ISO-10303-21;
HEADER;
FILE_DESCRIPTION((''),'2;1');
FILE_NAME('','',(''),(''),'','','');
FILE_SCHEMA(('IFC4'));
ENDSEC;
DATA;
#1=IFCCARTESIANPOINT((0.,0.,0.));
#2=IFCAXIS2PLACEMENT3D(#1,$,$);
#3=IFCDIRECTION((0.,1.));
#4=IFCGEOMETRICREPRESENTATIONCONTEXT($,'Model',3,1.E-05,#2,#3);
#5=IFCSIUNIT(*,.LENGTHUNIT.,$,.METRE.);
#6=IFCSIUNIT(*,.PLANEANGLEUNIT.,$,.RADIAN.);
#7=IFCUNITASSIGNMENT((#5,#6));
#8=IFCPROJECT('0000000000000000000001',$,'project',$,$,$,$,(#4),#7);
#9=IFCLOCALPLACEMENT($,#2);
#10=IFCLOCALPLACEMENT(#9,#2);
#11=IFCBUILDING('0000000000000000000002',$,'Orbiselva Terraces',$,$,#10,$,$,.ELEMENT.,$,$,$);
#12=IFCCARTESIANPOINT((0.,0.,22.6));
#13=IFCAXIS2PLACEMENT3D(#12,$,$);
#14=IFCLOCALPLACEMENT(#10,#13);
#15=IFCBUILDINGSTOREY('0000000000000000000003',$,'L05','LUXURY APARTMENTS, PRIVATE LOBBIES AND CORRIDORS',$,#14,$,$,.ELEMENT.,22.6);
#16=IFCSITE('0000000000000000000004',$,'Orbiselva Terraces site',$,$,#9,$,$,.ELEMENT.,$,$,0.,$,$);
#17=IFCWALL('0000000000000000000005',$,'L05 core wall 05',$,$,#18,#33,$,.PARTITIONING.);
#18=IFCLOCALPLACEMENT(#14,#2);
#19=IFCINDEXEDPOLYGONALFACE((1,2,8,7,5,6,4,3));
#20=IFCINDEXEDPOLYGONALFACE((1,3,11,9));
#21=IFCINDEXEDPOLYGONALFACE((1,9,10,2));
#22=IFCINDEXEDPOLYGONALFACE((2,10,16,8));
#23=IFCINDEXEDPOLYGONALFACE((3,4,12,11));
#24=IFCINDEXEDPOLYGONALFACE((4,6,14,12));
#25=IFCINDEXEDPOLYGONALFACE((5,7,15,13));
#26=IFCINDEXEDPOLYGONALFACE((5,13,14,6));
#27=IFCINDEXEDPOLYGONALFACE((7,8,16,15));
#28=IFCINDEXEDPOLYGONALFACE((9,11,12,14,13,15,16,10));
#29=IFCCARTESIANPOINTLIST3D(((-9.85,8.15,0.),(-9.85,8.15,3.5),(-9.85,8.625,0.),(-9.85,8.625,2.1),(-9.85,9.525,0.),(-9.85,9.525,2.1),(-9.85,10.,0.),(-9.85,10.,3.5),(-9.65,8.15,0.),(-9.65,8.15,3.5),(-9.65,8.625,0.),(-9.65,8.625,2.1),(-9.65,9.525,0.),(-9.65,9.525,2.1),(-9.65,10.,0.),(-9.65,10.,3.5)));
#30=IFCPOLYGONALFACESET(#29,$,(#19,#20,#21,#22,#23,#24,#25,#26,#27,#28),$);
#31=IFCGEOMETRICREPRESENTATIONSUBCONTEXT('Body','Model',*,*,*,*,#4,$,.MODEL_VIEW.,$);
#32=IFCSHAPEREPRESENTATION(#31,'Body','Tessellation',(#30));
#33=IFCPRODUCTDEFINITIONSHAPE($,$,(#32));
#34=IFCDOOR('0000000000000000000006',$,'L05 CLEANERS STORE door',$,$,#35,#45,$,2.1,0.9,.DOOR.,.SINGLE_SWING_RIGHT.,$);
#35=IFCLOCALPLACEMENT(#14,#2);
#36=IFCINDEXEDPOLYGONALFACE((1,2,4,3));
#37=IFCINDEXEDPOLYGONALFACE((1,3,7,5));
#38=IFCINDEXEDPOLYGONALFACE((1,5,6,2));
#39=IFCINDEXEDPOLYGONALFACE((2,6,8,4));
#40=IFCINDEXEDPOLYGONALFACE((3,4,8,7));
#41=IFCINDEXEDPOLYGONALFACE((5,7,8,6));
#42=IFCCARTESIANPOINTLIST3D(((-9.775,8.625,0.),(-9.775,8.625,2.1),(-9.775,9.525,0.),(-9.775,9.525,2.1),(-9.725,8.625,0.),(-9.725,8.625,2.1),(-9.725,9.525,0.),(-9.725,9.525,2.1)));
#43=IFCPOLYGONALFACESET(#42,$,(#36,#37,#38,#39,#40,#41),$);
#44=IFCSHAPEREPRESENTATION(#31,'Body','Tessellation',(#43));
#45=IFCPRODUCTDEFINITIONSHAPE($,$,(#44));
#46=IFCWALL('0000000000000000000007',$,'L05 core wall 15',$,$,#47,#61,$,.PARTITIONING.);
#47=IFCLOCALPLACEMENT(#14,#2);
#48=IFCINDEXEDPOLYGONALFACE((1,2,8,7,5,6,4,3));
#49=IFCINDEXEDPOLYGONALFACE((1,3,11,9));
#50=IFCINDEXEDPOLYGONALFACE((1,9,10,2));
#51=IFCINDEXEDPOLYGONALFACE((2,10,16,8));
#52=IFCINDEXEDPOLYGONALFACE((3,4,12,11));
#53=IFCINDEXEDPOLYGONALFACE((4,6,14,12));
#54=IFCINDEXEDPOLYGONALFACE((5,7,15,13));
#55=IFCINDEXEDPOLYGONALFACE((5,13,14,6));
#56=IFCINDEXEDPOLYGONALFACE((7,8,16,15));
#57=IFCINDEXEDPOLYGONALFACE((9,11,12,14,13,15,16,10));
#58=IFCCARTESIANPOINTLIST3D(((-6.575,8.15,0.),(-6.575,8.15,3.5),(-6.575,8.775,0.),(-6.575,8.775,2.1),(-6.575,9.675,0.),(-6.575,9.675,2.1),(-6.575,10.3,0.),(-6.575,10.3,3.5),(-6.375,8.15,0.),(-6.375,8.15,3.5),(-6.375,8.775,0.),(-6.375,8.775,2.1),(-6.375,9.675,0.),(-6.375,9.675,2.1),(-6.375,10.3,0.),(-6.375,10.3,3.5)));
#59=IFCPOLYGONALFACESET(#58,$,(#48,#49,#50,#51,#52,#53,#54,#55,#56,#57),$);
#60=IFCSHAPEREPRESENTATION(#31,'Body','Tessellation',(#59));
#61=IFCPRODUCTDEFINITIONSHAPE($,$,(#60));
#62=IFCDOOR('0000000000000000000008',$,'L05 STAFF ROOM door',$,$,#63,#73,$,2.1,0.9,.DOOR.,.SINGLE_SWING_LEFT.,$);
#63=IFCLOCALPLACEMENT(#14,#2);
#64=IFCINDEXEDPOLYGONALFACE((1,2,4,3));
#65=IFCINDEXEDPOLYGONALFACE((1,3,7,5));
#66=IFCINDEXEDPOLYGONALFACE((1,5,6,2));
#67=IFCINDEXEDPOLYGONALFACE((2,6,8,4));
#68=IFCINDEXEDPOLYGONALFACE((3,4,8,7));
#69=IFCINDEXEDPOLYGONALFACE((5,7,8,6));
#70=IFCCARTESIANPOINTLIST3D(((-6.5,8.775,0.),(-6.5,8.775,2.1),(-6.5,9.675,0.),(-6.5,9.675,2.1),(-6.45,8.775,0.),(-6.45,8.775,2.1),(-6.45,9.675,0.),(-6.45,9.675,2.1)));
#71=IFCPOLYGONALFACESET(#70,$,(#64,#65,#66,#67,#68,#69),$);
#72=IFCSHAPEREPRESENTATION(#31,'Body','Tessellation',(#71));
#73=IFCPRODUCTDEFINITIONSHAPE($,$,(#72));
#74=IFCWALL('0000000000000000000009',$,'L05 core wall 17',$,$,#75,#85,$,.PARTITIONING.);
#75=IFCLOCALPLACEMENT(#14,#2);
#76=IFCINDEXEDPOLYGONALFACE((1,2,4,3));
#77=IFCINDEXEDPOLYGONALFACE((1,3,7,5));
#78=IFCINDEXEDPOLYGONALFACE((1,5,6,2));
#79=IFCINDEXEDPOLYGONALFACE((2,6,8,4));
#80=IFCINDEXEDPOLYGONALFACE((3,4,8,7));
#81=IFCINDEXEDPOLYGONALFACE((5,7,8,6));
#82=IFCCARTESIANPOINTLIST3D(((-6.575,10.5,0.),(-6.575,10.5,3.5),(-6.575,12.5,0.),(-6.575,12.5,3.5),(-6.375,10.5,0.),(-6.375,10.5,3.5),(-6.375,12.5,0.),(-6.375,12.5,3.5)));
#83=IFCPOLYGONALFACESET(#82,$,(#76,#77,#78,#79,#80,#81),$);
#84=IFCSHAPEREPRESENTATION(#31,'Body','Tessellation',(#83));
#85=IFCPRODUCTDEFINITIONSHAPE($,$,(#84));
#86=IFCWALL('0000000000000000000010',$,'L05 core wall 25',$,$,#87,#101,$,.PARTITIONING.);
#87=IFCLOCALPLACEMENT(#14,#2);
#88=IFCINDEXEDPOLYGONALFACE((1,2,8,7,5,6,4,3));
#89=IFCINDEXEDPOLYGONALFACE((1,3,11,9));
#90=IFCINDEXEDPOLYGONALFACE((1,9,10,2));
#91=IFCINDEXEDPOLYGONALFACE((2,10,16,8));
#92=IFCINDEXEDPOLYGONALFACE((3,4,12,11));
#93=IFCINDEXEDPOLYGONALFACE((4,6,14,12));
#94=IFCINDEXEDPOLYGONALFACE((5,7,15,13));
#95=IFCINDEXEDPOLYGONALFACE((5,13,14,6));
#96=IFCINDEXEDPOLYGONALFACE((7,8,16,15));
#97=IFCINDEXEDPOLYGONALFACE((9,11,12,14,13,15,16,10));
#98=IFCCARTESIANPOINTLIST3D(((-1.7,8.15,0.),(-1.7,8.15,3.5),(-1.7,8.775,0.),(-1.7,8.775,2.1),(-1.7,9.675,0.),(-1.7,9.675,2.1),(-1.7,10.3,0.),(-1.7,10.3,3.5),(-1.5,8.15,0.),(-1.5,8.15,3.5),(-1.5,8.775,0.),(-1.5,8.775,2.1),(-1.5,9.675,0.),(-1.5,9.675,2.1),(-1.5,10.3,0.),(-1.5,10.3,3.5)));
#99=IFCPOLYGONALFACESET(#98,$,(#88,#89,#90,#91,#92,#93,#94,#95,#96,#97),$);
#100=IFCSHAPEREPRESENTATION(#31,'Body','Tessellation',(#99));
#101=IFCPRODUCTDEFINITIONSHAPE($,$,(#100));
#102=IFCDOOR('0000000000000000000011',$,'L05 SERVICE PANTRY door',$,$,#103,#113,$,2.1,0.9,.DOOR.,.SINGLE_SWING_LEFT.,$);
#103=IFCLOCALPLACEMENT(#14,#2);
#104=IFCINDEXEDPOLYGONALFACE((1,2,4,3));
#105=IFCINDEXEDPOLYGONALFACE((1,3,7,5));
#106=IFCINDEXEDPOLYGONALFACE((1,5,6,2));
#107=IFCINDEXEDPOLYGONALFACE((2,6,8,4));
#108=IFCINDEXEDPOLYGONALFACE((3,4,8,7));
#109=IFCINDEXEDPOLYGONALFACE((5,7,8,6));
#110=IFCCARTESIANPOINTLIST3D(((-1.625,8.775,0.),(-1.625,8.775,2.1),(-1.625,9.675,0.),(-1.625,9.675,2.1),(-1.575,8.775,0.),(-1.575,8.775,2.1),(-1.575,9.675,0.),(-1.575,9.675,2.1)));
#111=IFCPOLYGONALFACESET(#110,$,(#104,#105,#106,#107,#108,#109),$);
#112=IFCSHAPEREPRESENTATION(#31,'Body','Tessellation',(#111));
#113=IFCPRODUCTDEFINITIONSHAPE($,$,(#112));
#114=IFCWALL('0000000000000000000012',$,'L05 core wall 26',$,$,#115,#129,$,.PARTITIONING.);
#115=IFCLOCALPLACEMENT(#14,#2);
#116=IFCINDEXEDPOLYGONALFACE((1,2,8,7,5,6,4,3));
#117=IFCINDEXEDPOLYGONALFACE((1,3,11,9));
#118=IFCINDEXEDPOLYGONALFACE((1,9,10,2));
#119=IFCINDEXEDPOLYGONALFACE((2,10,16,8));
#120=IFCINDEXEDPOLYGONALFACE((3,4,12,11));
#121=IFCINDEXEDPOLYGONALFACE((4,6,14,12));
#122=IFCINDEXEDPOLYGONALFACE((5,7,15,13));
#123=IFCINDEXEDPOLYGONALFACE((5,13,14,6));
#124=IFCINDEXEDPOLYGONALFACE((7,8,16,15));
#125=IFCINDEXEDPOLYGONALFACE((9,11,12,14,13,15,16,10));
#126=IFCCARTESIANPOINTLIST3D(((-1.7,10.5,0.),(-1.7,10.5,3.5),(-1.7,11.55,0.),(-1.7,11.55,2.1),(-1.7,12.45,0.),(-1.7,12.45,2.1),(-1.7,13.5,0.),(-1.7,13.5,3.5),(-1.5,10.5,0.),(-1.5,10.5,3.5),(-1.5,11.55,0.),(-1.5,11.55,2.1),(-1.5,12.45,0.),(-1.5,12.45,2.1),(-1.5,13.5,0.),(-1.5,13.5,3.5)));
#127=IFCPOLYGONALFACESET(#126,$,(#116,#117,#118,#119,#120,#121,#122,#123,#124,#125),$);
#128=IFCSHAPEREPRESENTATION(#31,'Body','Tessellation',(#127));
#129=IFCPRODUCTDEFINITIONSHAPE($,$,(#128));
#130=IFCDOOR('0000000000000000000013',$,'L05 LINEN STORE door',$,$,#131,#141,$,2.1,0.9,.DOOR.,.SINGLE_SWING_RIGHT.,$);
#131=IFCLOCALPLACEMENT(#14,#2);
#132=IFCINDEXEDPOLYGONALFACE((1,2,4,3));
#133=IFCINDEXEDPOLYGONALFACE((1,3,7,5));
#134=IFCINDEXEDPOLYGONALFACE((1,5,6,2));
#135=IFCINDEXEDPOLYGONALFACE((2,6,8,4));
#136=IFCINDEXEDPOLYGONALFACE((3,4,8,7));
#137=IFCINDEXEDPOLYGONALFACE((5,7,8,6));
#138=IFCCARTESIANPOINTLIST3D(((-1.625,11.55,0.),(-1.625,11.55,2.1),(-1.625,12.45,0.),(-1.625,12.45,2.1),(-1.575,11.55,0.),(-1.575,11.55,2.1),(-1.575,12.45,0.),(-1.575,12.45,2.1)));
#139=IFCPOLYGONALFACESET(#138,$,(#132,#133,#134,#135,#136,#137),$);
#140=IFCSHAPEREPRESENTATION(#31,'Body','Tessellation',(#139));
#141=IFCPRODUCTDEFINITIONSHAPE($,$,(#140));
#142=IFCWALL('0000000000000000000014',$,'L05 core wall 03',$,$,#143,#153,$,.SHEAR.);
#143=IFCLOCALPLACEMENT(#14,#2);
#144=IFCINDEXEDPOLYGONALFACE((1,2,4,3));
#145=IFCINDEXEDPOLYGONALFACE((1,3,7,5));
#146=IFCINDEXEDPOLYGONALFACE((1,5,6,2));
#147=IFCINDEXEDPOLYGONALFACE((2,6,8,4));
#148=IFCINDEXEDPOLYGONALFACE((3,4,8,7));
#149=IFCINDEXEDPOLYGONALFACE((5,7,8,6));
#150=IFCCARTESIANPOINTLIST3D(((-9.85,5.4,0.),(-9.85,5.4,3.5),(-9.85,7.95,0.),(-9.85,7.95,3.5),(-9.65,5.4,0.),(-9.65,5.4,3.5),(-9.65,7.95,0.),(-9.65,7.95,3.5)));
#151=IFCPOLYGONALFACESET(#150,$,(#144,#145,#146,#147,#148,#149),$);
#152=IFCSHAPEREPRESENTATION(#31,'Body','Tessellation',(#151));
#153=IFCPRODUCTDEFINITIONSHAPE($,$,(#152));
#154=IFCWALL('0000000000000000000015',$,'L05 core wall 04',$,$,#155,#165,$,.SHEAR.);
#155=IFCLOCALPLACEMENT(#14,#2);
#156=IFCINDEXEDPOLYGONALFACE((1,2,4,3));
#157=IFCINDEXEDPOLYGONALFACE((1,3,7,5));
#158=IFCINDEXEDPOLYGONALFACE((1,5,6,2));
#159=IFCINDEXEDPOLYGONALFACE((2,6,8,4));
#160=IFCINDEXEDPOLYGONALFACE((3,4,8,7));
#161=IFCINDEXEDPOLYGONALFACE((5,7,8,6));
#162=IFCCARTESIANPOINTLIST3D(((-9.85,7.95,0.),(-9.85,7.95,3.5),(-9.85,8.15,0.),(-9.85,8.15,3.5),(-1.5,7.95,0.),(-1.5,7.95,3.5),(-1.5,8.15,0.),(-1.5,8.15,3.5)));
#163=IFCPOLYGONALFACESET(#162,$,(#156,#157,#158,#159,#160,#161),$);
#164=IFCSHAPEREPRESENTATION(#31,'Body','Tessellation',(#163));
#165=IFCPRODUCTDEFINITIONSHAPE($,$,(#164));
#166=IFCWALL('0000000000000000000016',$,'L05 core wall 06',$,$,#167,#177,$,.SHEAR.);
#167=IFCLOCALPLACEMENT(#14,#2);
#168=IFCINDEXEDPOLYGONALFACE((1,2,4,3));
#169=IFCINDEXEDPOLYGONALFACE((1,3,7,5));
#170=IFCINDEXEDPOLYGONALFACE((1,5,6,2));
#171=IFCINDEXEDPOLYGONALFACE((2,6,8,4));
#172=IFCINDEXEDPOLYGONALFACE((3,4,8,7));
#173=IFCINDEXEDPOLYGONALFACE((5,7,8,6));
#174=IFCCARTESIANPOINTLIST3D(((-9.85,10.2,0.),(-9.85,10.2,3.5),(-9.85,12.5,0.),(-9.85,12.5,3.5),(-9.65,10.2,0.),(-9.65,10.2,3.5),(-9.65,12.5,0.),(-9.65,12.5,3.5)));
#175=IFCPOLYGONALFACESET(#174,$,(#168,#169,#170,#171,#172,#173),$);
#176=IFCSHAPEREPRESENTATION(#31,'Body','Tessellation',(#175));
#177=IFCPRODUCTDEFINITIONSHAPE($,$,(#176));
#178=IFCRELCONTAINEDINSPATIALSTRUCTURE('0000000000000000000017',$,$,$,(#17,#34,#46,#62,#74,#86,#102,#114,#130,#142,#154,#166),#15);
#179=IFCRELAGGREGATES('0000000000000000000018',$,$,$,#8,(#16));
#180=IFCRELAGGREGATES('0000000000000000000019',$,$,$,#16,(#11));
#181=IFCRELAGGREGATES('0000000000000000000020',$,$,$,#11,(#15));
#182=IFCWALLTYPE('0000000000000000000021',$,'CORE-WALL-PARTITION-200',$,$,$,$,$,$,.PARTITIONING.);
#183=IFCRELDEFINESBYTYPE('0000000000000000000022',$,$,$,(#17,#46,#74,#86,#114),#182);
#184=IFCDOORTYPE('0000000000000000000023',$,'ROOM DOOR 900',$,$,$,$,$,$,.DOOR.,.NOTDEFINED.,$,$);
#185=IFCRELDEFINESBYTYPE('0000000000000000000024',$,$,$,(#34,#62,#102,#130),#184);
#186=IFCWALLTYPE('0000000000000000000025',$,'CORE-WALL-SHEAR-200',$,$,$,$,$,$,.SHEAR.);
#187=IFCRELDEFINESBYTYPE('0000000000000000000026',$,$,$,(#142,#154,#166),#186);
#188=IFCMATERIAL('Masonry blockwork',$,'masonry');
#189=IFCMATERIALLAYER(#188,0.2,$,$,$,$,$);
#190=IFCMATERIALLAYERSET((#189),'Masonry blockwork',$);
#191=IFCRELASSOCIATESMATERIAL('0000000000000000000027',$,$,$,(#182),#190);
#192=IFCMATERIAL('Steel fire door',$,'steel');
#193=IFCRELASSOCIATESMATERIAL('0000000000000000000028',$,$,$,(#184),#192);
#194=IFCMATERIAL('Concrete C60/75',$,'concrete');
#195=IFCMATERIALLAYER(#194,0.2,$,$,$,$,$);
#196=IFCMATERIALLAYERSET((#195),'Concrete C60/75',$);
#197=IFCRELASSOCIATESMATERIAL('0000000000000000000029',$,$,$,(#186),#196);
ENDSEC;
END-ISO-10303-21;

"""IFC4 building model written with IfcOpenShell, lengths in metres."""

from ifc_helpers import new_model, si_unit, direction, frame, frame_2d, origin, place, context, subcontext, project, spatial, rectangle, extrude, material, layer, layer_set, type_object, element, fill, save


model = new_model("IFC4")

# Units and contexts
model_context = context("Model", 3, precision=1e-05, world=origin(), true_north=direction((0.0, 1.0)))
body_context = subcontext(model_context, "Body", "Model", "MODEL_VIEW")
ifc_project = project(units=[si_unit("LENGTHUNIT", "METRE"), si_unit("PLANEANGLEUNIT", "RADIAN")], contexts=[model_context])

# Site, building, storey
site_placement = place(None, origin())
site = spatial("IfcSite", under=ifc_project, at=site_placement, Name="Orbiselva Terraces site", CompositionType="ELEMENT", RefElevation=0.0)
building_placement = place(site_placement, origin())
building = spatial("IfcBuilding", under=site, at=building_placement, Name="Orbiselva Terraces", CompositionType="ELEMENT")
storey_placement = place(building_placement, frame((0.0, 0.0, 22.6)))
storey = spatial("IfcBuildingStorey", under=building, at=storey_placement, Name="L05", Description="LUXURY APARTMENTS, PRIVATE LOBBIES AND CORRIDORS", CompositionType="ELEMENT", Elevation=22.6)

# Walls, openings, doors
ifc_material_1 = material(Name="Masonry blockwork", Category="masonry")
ifc_layer_1 = layer(ifc_material_1, 0.2)
ifc_layer_set_1 = layer_set([ifc_layer_1], Name="Masonry blockwork")
wall_type_1 = type_object("IfcWallType", Name="CORE-WALL-PARTITION-200", PredefinedType="PARTITIONING", material=ifc_layer_set_1)
wall_1_placement = place(storey_placement, frame((-9.75, 8.15, 0.0), z_axis=(0.0, 0.0, 1.0), x_axis=(0.0, 1.0, 0.0)))
wall_1 = element("IfcWall", 1, at=wall_1_placement, inside=storey, type_object=wall_type_1, Name="L05 core wall 05", PredefinedType="PARTITIONING", context=body_context, shape_type="SweptSolid", body=[
    extrude(rectangle(XDim=1.85, YDim=0.2, at=frame_2d((0.925, 0.0))), origin(), (0.0, 0.0, 1.0), 3.5),
])
opening_1_placement = place(wall_1_placement, frame((0.475, 0.0, 0.0)))
opening_1 = element("IfcOpeningElement", 2, at=opening_1_placement, cuts=wall_1, PredefinedType="OPENING", context=body_context, shape_type="SweptSolid", body=[
    extrude(rectangle(XDim=0.9, YDim=2.1, at=frame_2d((0.45, 1.05))), frame((0.0, 0.11, 0.0), z_axis=(0.0, -1.0, 0.0), x_axis=(1.0, 0.0, 0.0)), (0.0, 0.0, 1.0), 0.22),
])
ifc_material_2 = material(Name="Steel fire door", Category="steel")
door_type = type_object("IfcDoorType", Name="ROOM DOOR 900", OperationType="NOTDEFINED", PredefinedType="DOOR", material=ifc_material_2)
door_1_placement = place(opening_1_placement, origin())
door_1 = element("IfcDoor", 3, at=door_1_placement, inside=storey, type_object=door_type, Name="L05 CLEANERS STORE door", OperationType="SINGLE_SWING_RIGHT", OverallHeight=2.1, OverallWidth=0.9, PredefinedType="DOOR", context=body_context, shape_type="SweptSolid", body=[
    extrude(rectangle(XDim=0.9, YDim=2.1, at=frame_2d((0.45, 1.05))), frame((0.0, 0.025, 0.0), z_axis=(0.0, -1.0, 0.0), x_axis=(1.0, 0.0, 0.0)), (0.0, 0.0, 1.0), 0.05),
])
fill(opening_1, door_1)
wall_2_placement = place(storey_placement, frame((-6.475, 8.15, 0.0), z_axis=(0.0, 0.0, 1.0), x_axis=(0.0, 1.0, 0.0)))
wall_2 = element("IfcWall", 4, at=wall_2_placement, inside=storey, type_object=wall_type_1, Name="L05 core wall 15", PredefinedType="PARTITIONING", context=body_context, shape_type="SweptSolid", body=[
    extrude(rectangle(XDim=2.15, YDim=0.2, at=frame_2d((1.075, 0.0))), origin(), (0.0, 0.0, 1.0), 3.5),
])
opening_2_placement = place(wall_2_placement, frame((0.625, 0.0, 0.0)))
opening_2 = element("IfcOpeningElement", 5, at=opening_2_placement, cuts=wall_2, PredefinedType="OPENING", context=body_context, shape_type="SweptSolid", body=[
    extrude(rectangle(XDim=0.9, YDim=2.1, at=frame_2d((0.45, 1.05))), frame((0.0, 0.11, 0.0), z_axis=(0.0, -1.0, 0.0), x_axis=(1.0, 0.0, 0.0)), (0.0, 0.0, 1.0), 0.22),
])
door_2_placement = place(opening_2_placement, origin())
door_2 = element("IfcDoor", 6, at=door_2_placement, inside=storey, type_object=door_type, Name="L05 STAFF ROOM door", OperationType="SINGLE_SWING_LEFT", OverallHeight=2.1, OverallWidth=0.9, PredefinedType="DOOR", context=body_context, shape_type="SweptSolid", body=[
    extrude(rectangle(XDim=0.9, YDim=2.1, at=frame_2d((0.45, 1.05))), frame((0.0, 0.025, 0.0), z_axis=(0.0, -1.0, 0.0), x_axis=(1.0, 0.0, 0.0)), (0.0, 0.0, 1.0), 0.05),
])
fill(opening_2, door_2)

# Wall
wall_3_placement = place(storey_placement, frame((-6.475, 10.5, 0.0), z_axis=(0.0, 0.0, 1.0), x_axis=(0.0, 1.0, 0.0)))
element("IfcWall", 7, at=wall_3_placement, inside=storey, type_object=wall_type_1, Name="L05 core wall 17", PredefinedType="PARTITIONING", context=body_context, shape_type="SweptSolid", body=[
    extrude(rectangle(XDim=2.0, YDim=0.2, at=frame_2d((1.0, 0.0))), origin(), (0.0, 0.0, 1.0), 3.5),
])

# Walls, openings, doors
wall_4_placement = place(storey_placement, frame((-1.6, 8.15, 0.0), z_axis=(0.0, 0.0, 1.0), x_axis=(0.0, 1.0, 0.0)))
wall_4 = element("IfcWall", 8, at=wall_4_placement, inside=storey, type_object=wall_type_1, Name="L05 core wall 25", PredefinedType="PARTITIONING", context=body_context, shape_type="SweptSolid", body=[
    extrude(rectangle(XDim=2.15, YDim=0.2, at=frame_2d((1.075, 0.0))), origin(), (0.0, 0.0, 1.0), 3.5),
])
opening_3_placement = place(wall_4_placement, frame((0.625, 0.0, 0.0)))
opening_3 = element("IfcOpeningElement", 9, at=opening_3_placement, cuts=wall_4, PredefinedType="OPENING", context=body_context, shape_type="SweptSolid", body=[
    extrude(rectangle(XDim=0.9, YDim=2.1, at=frame_2d((0.45, 1.05))), frame((0.0, 0.11, 0.0), z_axis=(0.0, -1.0, 0.0), x_axis=(1.0, 0.0, 0.0)), (0.0, 0.0, 1.0), 0.22),
])
door_3_placement = place(opening_3_placement, origin())
door_3 = element("IfcDoor", 10, at=door_3_placement, inside=storey, type_object=door_type, Name="L05 SERVICE PANTRY door", OperationType="SINGLE_SWING_LEFT", OverallHeight=2.1, OverallWidth=0.9, PredefinedType="DOOR", context=body_context, shape_type="SweptSolid", body=[
    extrude(rectangle(XDim=0.9, YDim=2.1, at=frame_2d((0.45, 1.05))), frame((0.0, 0.025, 0.0), z_axis=(0.0, -1.0, 0.0), x_axis=(1.0, 0.0, 0.0)), (0.0, 0.0, 1.0), 0.05),
])
fill(opening_3, door_3)
wall_5_placement = place(storey_placement, frame((-1.6, 10.5, 0.0), z_axis=(0.0, 0.0, 1.0), x_axis=(0.0, 1.0, 0.0)))
wall_5 = element("IfcWall", 11, at=wall_5_placement, inside=storey, type_object=wall_type_1, Name="L05 core wall 26", PredefinedType="PARTITIONING", context=body_context, shape_type="SweptSolid", body=[
    extrude(rectangle(XDim=3.0, YDim=0.2, at=frame_2d((1.5, 0.0))), origin(), (0.0, 0.0, 1.0), 3.5),
])
opening_4_placement = place(wall_5_placement, frame((1.05, 0.0, 0.0)))
opening_4 = element("IfcOpeningElement", 12, at=opening_4_placement, cuts=wall_5, PredefinedType="OPENING", context=body_context, shape_type="SweptSolid", body=[
    extrude(rectangle(XDim=0.9, YDim=2.1, at=frame_2d((0.45, 1.05))), frame((0.0, 0.11, 0.0), z_axis=(0.0, -1.0, 0.0), x_axis=(1.0, 0.0, 0.0)), (0.0, 0.0, 1.0), 0.22),
])
door_4_placement = place(opening_4_placement, origin())
door_4 = element("IfcDoor", 13, at=door_4_placement, inside=storey, type_object=door_type, Name="L05 LINEN STORE door", OperationType="SINGLE_SWING_RIGHT", OverallHeight=2.1, OverallWidth=0.9, PredefinedType="DOOR", context=body_context, shape_type="SweptSolid", body=[
    extrude(rectangle(XDim=0.9, YDim=2.1, at=frame_2d((0.45, 1.05))), frame((0.0, 0.025, 0.0), z_axis=(0.0, -1.0, 0.0), x_axis=(1.0, 0.0, 0.0)), (0.0, 0.0, 1.0), 0.05),
])
fill(opening_4, door_4)

# Walls
ifc_material_3 = material(Name="Concrete C60/75", Category="concrete")
ifc_layer_2 = layer(ifc_material_3, 0.2)
ifc_layer_set_2 = layer_set([ifc_layer_2], Name="Concrete C60/75")
wall_type_2 = type_object("IfcWallType", Name="CORE-WALL-SHEAR-200", PredefinedType="SHEAR", material=ifc_layer_set_2)
wall_6_placement = place(storey_placement, frame((-9.75, 5.4, 0.0), z_axis=(0.0, 0.0, 1.0), x_axis=(0.0, 1.0, 0.0)))
element("IfcWall", 14, at=wall_6_placement, inside=storey, type_object=wall_type_2, Name="L05 core wall 03", PredefinedType="SHEAR", context=body_context, shape_type="SweptSolid", body=[
    extrude(rectangle(XDim=2.55, YDim=0.2, at=frame_2d((1.275, 0.0))), origin(), (0.0, 0.0, 1.0), 3.5),
])
wall_7_placement = place(storey_placement, frame((-9.85, 8.05, 0.0), z_axis=(0.0, 0.0, 1.0), x_axis=(1.0, 0.0, 0.0)))
element("IfcWall", 15, at=wall_7_placement, inside=storey, type_object=wall_type_2, Name="L05 core wall 04", PredefinedType="SHEAR", context=body_context, shape_type="SweptSolid", body=[
    extrude(rectangle(XDim=8.35, YDim=0.2, at=frame_2d((4.175, 0.0))), origin(), (0.0, 0.0, 1.0), 3.5),
])
wall_8_placement = place(storey_placement, frame((-9.75, 10.2, 0.0), z_axis=(0.0, 0.0, 1.0), x_axis=(0.0, 1.0, 0.0)))
element("IfcWall", 16, at=wall_8_placement, inside=storey, type_object=wall_type_2, Name="L05 core wall 06", PredefinedType="SHEAR", context=body_context, shape_type="SweptSolid", body=[
    extrude(rectangle(XDim=2.3, YDim=0.2, at=frame_2d((1.15, 0.0))), origin(), (0.0, 0.0, 1.0), 3.5),
])

save(model, "model.ifc")
